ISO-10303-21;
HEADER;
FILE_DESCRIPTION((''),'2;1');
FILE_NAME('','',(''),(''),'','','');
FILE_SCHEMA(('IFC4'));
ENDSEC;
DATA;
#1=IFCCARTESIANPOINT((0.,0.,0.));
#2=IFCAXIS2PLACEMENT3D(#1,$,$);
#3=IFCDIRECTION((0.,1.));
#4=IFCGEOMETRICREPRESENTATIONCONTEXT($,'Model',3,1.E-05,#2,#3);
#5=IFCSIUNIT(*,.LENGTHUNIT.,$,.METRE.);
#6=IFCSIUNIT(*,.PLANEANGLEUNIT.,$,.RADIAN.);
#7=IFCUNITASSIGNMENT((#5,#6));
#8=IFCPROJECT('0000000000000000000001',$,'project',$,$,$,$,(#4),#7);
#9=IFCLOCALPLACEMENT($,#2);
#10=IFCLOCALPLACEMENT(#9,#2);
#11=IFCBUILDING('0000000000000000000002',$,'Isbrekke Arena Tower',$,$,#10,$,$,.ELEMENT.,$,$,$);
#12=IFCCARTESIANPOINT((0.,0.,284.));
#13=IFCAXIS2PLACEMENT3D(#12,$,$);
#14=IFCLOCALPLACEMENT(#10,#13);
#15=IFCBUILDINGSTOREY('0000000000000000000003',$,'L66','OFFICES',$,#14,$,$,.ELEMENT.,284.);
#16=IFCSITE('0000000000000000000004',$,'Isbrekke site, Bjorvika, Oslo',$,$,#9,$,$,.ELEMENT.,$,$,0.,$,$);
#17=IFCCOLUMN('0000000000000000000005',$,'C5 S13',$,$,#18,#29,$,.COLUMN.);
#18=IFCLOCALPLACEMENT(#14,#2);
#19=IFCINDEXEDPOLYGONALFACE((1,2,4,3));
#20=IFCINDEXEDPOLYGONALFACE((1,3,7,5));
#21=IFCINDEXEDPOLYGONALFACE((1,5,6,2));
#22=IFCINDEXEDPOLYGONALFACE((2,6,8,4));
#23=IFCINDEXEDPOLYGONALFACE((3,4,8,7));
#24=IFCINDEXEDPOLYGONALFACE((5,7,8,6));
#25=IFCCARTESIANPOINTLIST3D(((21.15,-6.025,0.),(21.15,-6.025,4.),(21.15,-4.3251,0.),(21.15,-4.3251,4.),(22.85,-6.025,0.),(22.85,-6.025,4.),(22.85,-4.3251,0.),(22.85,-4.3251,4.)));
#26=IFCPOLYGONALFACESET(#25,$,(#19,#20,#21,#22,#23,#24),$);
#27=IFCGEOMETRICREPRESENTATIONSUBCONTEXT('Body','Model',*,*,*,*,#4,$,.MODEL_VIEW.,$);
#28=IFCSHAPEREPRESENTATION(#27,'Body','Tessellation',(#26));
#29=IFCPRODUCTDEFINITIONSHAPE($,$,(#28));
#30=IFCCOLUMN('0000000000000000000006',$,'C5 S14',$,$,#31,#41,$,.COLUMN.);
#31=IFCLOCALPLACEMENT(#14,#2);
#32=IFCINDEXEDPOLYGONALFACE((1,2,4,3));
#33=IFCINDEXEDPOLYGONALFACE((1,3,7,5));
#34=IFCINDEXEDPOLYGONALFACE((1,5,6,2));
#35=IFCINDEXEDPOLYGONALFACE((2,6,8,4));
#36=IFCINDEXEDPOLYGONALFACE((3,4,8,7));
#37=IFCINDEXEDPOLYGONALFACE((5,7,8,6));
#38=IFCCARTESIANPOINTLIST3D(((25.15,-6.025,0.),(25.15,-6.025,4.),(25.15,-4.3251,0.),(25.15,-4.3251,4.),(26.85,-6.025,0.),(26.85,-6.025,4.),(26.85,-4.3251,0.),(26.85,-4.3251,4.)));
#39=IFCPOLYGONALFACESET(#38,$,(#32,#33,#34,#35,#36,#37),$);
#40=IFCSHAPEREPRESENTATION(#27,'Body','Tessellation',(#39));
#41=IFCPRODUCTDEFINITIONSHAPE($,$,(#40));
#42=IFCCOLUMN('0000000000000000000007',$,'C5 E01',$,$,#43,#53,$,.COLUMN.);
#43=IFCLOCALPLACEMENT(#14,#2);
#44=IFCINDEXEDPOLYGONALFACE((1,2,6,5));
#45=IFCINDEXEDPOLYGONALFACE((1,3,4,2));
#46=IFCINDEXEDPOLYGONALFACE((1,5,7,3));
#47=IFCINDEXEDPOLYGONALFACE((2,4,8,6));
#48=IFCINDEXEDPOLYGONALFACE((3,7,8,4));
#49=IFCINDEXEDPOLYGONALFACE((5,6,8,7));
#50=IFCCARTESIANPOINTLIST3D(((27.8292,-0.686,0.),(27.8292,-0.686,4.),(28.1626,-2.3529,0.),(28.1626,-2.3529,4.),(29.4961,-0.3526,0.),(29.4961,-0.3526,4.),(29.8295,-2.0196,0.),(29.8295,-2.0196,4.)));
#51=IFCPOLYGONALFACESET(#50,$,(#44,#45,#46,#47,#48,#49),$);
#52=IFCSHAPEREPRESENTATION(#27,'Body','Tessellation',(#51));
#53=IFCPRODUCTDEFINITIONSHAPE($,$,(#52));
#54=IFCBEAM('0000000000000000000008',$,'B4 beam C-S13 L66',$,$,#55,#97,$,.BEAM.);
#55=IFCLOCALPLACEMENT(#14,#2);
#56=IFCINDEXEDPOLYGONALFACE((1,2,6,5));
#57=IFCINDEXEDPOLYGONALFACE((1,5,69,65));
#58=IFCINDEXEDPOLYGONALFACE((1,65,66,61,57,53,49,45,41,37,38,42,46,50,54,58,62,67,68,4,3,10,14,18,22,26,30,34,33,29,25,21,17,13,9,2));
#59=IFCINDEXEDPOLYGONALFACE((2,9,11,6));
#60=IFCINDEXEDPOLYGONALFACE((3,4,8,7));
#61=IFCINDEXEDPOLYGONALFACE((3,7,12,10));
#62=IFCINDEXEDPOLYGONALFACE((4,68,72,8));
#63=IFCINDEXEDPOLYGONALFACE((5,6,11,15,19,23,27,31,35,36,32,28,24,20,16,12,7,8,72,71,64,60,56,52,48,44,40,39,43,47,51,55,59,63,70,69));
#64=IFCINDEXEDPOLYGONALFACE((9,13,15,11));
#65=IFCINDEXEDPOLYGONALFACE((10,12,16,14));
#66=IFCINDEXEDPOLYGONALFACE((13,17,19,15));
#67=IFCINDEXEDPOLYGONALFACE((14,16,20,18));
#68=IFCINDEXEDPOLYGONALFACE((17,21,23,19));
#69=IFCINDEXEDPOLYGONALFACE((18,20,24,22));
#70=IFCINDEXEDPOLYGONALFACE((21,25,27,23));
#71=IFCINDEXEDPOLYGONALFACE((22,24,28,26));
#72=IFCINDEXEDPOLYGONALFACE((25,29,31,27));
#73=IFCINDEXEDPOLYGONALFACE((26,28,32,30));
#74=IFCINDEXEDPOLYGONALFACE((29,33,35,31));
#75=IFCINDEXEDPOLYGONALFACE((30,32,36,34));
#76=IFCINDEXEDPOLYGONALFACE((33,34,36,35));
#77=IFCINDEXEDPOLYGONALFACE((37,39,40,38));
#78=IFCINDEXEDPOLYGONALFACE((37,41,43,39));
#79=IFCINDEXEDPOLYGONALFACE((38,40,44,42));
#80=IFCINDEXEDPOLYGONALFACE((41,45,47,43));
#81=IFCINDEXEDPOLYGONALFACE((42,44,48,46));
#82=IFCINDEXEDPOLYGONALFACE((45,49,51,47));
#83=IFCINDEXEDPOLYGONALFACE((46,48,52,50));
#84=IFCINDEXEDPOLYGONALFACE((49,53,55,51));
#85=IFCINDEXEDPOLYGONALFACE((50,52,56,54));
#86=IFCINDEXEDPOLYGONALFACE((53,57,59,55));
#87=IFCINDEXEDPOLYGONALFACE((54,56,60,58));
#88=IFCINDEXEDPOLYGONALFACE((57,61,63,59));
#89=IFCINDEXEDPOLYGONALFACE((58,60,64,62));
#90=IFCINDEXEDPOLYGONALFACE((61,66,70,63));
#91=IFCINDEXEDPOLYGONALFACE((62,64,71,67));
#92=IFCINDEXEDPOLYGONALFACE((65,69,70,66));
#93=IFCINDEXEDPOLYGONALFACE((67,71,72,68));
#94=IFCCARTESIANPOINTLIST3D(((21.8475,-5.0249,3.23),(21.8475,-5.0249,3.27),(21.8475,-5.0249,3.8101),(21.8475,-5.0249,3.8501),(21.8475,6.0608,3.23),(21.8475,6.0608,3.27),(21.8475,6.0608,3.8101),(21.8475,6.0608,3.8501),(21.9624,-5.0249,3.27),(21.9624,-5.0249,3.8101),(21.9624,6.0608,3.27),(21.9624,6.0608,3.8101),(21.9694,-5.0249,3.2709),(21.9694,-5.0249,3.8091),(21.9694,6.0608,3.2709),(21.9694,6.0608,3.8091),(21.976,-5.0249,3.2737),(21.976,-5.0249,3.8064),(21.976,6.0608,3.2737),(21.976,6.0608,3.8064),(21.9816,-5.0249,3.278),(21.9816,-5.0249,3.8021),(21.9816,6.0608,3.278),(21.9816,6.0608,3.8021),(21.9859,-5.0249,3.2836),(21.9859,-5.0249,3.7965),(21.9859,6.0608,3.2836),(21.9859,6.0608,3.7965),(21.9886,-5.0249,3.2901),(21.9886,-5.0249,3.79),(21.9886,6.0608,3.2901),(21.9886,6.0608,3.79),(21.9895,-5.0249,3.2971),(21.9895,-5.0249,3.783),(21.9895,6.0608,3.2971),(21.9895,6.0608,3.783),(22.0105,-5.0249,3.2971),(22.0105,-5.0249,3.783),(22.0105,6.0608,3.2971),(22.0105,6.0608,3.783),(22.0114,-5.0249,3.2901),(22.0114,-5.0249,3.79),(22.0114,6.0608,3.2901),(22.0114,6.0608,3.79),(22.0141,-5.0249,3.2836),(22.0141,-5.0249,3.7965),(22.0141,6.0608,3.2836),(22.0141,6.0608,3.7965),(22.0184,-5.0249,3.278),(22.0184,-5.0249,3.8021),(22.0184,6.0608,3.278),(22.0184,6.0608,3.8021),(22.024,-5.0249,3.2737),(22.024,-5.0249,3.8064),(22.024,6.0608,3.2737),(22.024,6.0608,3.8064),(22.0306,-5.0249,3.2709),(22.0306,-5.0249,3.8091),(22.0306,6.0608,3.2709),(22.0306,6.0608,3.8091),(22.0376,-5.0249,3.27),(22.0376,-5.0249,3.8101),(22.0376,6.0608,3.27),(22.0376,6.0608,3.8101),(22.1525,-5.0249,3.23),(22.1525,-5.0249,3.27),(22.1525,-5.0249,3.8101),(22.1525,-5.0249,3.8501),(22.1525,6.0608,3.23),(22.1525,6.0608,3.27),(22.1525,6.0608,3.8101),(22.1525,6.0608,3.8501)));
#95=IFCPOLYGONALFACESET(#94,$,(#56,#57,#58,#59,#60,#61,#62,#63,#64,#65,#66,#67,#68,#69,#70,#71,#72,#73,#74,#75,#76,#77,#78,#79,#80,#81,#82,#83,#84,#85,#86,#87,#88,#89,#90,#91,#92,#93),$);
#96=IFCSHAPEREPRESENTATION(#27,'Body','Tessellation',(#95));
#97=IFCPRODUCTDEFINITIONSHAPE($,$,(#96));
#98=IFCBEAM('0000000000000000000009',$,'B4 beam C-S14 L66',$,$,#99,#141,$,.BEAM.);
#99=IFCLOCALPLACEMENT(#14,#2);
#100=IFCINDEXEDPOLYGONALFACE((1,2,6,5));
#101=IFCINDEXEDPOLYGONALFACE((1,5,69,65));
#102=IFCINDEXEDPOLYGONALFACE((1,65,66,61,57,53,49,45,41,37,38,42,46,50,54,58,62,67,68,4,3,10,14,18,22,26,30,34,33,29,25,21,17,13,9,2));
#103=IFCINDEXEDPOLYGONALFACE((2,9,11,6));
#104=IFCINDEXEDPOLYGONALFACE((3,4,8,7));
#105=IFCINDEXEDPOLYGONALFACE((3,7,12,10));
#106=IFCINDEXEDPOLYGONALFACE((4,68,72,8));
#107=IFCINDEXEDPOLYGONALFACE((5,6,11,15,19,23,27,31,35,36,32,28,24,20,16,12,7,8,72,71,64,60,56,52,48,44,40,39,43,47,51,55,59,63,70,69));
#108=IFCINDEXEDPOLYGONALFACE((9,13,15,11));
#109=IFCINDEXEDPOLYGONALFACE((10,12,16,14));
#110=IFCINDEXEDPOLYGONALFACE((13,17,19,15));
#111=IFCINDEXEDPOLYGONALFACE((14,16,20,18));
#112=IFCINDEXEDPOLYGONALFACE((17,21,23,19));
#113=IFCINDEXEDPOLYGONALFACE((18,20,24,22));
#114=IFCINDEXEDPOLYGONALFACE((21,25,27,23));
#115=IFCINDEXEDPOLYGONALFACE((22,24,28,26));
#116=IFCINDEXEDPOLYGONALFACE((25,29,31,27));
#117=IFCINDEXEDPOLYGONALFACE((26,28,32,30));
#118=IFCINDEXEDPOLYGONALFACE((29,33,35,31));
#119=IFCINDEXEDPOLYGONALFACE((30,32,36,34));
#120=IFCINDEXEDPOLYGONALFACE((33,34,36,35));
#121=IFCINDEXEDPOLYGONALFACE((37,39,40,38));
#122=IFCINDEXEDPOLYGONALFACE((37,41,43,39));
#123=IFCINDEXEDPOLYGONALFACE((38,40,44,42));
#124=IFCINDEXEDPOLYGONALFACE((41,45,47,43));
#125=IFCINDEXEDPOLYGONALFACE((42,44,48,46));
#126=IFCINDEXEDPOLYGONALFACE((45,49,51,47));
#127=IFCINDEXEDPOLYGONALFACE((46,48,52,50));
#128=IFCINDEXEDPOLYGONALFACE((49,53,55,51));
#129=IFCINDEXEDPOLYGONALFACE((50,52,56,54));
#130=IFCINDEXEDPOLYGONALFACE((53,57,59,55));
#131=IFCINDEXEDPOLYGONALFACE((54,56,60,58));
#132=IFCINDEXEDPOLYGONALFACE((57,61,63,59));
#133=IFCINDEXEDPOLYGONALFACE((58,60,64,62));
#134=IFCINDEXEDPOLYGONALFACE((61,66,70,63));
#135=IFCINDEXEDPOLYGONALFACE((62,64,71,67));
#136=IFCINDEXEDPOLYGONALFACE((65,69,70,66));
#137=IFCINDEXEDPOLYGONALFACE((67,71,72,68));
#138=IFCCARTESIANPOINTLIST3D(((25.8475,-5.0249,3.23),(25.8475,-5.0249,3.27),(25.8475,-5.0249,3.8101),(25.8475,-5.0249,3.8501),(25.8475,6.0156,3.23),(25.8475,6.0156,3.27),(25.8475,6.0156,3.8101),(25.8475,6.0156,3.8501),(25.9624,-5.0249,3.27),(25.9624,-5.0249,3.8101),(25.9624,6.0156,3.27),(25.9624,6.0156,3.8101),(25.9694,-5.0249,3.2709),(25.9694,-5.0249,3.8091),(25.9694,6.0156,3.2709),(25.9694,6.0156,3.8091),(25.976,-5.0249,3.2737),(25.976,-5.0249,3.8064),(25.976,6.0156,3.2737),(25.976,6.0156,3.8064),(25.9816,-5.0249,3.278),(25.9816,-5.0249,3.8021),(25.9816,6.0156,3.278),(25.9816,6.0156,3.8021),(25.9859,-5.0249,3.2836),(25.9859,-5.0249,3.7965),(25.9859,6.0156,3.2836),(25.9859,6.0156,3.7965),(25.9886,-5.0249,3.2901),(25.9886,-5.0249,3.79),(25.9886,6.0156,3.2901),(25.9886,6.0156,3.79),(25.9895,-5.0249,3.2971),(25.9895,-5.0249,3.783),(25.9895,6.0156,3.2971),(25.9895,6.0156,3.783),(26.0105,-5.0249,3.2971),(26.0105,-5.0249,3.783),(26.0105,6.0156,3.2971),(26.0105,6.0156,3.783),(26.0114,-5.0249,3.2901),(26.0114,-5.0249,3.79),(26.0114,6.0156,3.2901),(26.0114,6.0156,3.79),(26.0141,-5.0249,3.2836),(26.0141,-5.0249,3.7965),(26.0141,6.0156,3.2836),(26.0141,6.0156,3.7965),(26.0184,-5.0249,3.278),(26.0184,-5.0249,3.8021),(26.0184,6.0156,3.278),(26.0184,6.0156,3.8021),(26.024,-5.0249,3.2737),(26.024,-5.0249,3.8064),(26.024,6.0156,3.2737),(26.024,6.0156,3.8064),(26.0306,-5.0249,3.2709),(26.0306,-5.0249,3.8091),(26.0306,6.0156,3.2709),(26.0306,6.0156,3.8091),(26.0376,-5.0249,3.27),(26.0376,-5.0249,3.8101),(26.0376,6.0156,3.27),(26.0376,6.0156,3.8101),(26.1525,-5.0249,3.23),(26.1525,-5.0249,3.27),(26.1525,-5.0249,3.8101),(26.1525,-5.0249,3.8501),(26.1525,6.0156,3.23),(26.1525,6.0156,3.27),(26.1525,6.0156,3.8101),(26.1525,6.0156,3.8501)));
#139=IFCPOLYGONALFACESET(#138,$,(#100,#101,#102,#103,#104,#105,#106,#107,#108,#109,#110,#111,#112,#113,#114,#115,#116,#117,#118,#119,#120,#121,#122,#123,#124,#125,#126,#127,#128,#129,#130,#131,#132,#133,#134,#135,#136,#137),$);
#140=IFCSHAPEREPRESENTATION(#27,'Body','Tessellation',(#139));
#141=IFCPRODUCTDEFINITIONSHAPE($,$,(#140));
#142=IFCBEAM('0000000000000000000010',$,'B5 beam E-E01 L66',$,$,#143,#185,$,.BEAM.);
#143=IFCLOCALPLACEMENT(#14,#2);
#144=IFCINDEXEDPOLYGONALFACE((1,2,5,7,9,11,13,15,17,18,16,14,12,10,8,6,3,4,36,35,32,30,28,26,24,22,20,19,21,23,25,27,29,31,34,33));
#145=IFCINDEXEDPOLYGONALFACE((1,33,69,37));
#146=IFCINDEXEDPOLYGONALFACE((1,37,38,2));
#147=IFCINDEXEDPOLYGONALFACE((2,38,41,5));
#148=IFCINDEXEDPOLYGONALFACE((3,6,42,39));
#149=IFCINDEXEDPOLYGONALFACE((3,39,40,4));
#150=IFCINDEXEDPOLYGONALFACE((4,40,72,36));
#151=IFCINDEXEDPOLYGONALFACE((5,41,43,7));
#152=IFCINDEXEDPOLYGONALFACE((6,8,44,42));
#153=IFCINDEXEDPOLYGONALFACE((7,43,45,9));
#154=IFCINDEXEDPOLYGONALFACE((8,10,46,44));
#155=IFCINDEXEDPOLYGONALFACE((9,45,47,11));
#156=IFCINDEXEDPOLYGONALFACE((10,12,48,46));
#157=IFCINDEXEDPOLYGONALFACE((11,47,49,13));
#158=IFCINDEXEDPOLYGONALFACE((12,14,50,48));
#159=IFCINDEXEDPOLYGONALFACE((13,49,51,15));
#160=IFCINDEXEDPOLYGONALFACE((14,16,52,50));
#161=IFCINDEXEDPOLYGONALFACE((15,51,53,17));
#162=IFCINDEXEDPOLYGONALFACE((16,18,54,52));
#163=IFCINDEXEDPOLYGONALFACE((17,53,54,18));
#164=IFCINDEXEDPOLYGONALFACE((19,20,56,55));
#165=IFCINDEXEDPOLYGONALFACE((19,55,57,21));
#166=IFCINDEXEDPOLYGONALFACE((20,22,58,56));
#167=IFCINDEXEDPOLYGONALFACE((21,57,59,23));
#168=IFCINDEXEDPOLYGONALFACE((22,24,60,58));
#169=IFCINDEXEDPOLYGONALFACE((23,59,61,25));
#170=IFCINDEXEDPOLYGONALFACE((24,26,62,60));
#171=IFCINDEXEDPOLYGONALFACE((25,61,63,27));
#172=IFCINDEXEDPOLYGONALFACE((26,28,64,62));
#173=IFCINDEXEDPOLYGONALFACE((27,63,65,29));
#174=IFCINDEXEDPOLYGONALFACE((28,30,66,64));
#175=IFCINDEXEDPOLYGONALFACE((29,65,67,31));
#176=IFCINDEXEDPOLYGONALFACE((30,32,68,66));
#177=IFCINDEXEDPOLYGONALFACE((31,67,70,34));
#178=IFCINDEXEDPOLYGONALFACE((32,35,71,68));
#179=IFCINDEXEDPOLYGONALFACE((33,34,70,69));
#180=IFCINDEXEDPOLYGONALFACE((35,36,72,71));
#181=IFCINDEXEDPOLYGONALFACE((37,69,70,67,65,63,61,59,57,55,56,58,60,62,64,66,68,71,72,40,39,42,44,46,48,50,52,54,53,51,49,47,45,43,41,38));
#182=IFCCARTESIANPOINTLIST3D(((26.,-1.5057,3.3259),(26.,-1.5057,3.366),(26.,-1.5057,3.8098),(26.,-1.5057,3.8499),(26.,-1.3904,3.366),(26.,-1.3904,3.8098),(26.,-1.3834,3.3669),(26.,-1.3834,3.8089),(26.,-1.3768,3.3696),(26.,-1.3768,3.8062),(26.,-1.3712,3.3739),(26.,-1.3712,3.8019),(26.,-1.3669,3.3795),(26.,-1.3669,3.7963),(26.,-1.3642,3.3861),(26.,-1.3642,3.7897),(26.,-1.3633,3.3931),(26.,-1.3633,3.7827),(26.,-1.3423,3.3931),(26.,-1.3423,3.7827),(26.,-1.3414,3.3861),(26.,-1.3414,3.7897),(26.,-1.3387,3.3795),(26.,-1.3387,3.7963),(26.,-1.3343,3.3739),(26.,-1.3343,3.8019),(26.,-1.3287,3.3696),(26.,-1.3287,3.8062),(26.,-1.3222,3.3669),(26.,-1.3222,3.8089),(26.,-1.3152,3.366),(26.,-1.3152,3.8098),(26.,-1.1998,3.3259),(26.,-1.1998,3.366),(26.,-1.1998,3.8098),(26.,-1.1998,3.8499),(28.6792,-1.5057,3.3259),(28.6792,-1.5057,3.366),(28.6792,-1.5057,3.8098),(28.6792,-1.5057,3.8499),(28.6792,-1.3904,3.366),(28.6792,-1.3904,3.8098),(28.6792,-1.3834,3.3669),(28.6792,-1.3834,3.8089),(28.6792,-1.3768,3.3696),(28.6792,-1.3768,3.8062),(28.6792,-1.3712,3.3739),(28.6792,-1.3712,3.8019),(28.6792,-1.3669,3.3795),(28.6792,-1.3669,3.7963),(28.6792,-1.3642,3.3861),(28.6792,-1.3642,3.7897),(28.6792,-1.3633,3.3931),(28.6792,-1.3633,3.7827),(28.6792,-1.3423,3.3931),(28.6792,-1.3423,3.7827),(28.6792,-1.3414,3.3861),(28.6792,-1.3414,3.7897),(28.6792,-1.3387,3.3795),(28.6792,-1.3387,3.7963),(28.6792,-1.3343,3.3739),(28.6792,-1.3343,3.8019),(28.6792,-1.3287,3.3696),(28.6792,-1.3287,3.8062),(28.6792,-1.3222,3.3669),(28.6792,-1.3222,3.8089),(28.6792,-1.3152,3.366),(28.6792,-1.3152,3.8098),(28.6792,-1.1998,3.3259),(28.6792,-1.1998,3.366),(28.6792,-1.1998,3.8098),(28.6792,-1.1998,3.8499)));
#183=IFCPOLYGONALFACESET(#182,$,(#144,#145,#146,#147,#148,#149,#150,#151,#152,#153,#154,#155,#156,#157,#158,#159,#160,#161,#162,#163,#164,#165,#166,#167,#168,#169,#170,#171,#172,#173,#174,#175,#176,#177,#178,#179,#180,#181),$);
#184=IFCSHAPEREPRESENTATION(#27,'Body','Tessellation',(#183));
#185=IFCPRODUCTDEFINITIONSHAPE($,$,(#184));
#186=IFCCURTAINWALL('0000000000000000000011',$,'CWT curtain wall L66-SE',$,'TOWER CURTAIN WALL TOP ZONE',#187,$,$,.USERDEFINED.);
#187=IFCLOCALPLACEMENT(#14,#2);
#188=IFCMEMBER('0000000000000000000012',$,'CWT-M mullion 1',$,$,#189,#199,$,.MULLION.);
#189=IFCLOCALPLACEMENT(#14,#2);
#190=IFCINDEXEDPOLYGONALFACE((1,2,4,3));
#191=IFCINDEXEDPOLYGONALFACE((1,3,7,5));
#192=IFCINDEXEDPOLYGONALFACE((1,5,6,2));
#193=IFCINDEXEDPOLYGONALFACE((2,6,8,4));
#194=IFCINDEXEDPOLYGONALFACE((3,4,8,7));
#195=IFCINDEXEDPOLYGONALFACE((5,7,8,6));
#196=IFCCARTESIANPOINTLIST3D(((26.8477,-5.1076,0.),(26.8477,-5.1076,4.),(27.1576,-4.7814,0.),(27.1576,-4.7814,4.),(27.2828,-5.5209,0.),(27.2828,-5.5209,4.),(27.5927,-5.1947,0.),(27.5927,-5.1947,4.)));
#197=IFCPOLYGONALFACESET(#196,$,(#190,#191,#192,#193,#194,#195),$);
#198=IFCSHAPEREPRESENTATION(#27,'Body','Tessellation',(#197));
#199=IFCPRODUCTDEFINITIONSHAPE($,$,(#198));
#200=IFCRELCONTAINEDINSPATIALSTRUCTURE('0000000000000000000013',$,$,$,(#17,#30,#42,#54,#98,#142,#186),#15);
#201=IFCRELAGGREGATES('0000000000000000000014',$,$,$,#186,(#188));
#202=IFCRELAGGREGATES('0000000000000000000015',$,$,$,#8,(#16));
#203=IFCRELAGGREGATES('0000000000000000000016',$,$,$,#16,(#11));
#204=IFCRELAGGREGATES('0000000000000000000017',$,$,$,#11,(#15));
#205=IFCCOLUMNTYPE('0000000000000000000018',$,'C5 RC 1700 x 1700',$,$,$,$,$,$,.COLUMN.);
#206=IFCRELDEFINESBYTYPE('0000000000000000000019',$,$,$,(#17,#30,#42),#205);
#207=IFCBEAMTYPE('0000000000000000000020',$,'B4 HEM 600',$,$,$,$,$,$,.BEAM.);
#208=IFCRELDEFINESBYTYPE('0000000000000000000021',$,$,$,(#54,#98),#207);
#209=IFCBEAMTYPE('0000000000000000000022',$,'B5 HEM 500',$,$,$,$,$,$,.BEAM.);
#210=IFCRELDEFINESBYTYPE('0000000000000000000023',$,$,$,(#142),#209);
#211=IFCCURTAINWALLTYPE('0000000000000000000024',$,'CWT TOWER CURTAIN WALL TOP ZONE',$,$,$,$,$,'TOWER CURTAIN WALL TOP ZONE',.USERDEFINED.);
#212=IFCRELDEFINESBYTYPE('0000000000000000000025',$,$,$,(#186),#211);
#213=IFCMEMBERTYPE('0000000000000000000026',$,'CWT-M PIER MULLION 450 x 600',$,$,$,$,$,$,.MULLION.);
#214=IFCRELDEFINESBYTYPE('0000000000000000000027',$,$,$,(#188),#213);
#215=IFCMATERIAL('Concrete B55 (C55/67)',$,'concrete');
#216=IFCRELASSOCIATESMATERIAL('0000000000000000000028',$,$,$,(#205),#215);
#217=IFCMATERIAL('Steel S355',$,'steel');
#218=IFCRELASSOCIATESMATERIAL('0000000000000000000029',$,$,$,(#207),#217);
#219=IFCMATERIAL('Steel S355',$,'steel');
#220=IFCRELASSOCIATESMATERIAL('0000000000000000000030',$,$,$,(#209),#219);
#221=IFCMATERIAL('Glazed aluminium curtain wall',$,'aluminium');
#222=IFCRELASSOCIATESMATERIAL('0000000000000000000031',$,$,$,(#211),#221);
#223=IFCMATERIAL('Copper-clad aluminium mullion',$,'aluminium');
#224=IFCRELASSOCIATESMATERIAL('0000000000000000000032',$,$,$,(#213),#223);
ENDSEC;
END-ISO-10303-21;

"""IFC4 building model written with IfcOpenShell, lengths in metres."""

from ifc_helpers import new_model, si_unit, direction, frame, origin, origin_2d, place, context, subcontext, project, spatial, rectangle, i_section, extrude, material, material_profile, profile_set, type_object, element, aggregate, save


model = new_model("IFC4")

# Units and contexts
model_context = context("Model", 3, precision=1e-05, world=origin(), true_north=direction((0.0, 1.0)))
body_context = subcontext(model_context, "Body", "Model", "MODEL_VIEW")
ifc_project = project(units=[si_unit("LENGTHUNIT", "METRE"), si_unit("PLANEANGLEUNIT", "RADIAN")], contexts=[model_context])

# Site, building, storey
site_placement = place(None, origin())
site = spatial("IfcSite", under=ifc_project, at=site_placement, Name="Isbrekke site, Bjorvika, Oslo", CompositionType="ELEMENT", RefElevation=0.0)
building_placement = place(site_placement, origin())
building = spatial("IfcBuilding", under=site, at=building_placement, Name="Isbrekke Arena Tower", CompositionType="ELEMENT")
storey_placement = place(building_placement, frame((0.0, 0.0, 284.0)))
storey = spatial("IfcBuildingStorey", under=building, at=storey_placement, Name="L66", Description="OFFICES", CompositionType="ELEMENT", Elevation=284.0)

# Columns
ifc_material_1 = material(Name="Concrete B55 (C55/67)", Category="concrete")
ifc_material_profile_1 = material_profile(ifc_material_1, rectangle(XDim=1.7, YDim=1.7, at=origin_2d()), Name="RC 1700x1700")
ifc_profile_set_1 = profile_set([ifc_material_profile_1], Name="Concrete B55 (C55/67)")
column_type = type_object("IfcColumnType", Name="C5 RC 1700 x 1700", PredefinedType="COLUMN", material=ifc_profile_set_1)
for number, where, z_axis, x_axis, name in (
    (1, (22.0, -5.175, 0.0), (0.0, 0.0, 1.0), (1.0, 0.0, 0.0), "C5 S13"),
    (2, (26.0, -5.175, 0.0), (0.0, 0.0, 1.0), (1.0, 0.0, 0.0), "C5 S14"),
    (3, (28.8293, -1.3528, 0.0), (0.0, 0.0, 1.0), (-0.196116, 0.980581, 0.0), "C5 E01"),
):
    element("IfcColumn", number, at=place(storey_placement, frame(where, z_axis=z_axis, x_axis=x_axis)), inside=storey, type_object=column_type, Name=name, PredefinedType="COLUMN", context=body_context, shape_type="SweptSolid", body=[
        extrude(rectangle(XDim=1.7, YDim=1.7, at=origin_2d()), origin(), (0.0, 0.0, 1.0), 4.0),
    ])

# Beams
ifc_material_2 = material(Name="Steel S355", Category="steel")
ifc_material_profile_2 = material_profile(ifc_material_2, i_section(OverallWidth=0.3049, OverallDepth=0.6201, WebThickness=0.021, FlangeThickness=0.04, FilletRadius=0.0271, at=origin_2d()), Name="HEM 600")
ifc_profile_set_2 = profile_set([ifc_material_profile_2], Name="Steel S355")
beam_type_1 = type_object("IfcBeamType", Name="B4 HEM 600", PredefinedType="BEAM", material=ifc_profile_set_2)
beam_1_placement = place(storey_placement, frame((22.0, -5.0249, 3.54), z_axis=(0.0, 1.0, 0.0), x_axis=(-1.0, 0.0, 0.0)))
element("IfcBeam", 4, at=beam_1_placement, inside=storey, type_object=beam_type_1, Name="B4 beam C-S13 L66", PredefinedType="BEAM", context=body_context, shape_type="SweptSolid", body=[
    extrude(i_section(OverallWidth=0.3049, OverallDepth=0.6201, WebThickness=0.021, FlangeThickness=0.04, FilletRadius=0.0271, at=origin_2d()), origin(), (0.0, 0.0, 1.0), 11.0857),
])
beam_2_placement = place(storey_placement, frame((26.0, -5.0249, 3.54), z_axis=(0.0, 1.0, 0.0), x_axis=(-1.0, 0.0, 0.0)))
element("IfcBeam", 5, at=beam_2_placement, inside=storey, type_object=beam_type_1, Name="B4 beam C-S14 L66", PredefinedType="BEAM", context=body_context, shape_type="SweptSolid", body=[
    extrude(i_section(OverallWidth=0.3049, OverallDepth=0.6201, WebThickness=0.021, FlangeThickness=0.04, FilletRadius=0.0271, at=origin_2d()), origin(), (0.0, 0.0, 1.0), 11.0405),
])
ifc_material_3 = material(Name="Steel S355", Category="steel")
ifc_material_profile_3 = material_profile(ifc_material_3, i_section(OverallWidth=0.3059, OverallDepth=0.5239, WebThickness=0.021, FlangeThickness=0.04, FilletRadius=0.0271, at=origin_2d()), Name="HEM 500")
ifc_profile_set_3 = profile_set([ifc_material_profile_3], Name="Steel S355")
beam_type_2 = type_object("IfcBeamType", Name="B5 HEM 500", PredefinedType="BEAM", material=ifc_profile_set_3)
beam_3_placement = place(storey_placement, frame((28.6792, -1.3528, 3.5879), z_axis=(-1.0, 0.0, 0.0), x_axis=(0.0, -1.0, 0.0)))
element("IfcBeam", 6, at=beam_3_placement, inside=storey, type_object=beam_type_2, Name="B5 beam E-E01 L66", PredefinedType="BEAM", context=body_context, shape_type="SweptSolid", body=[
    extrude(i_section(OverallWidth=0.3059, OverallDepth=0.5239, WebThickness=0.021, FlangeThickness=0.04, FilletRadius=0.0271, at=origin_2d()), origin(), (0.0, 0.0, 1.0), 2.6792),
])

# Curtain wall, member
ifc_material_4 = material(Name="Glazed aluminium curtain wall", Category="aluminium")
curtain_wall_type = type_object("IfcCurtainWallType", Name="CWT TOWER CURTAIN WALL TOP ZONE", ElementType="TOWER CURTAIN WALL TOP ZONE", PredefinedType="USERDEFINED", material=ifc_material_4)
curtain_wall_1_placement = place(storey_placement, origin())
curtain_wall_1 = element("IfcCurtainWall", 7, at=curtain_wall_1_placement, inside=storey, type_object=curtain_wall_type, Name="CWT curtain wall L66-SE", ObjectType="TOWER CURTAIN WALL TOP ZONE", PredefinedType="USERDEFINED")
ifc_material_5 = material(Name="Copper-clad aluminium mullion", Category="aluminium")
ifc_material_profile_4 = material_profile(ifc_material_5, rectangle(XDim=0.45, YDim=0.6001, at=origin_2d()), Name="PIER 450X600")
ifc_profile_set_4 = profile_set([ifc_material_profile_4], Name="Copper-clad aluminium mullion")
member_type_1 = type_object("IfcMemberType", Name="CWT-M PIER MULLION 450 x 600", PredefinedType="MULLION", material=ifc_profile_set_4)
member_1_placement = place(storey_placement, frame((27.2202, -5.1511, 0.0), z_axis=(0.0, 0.0, 1.0), x_axis=(0.688749, 0.724999, 0.0)))
member_1 = element("IfcMember", 8, at=member_1_placement, type_object=member_type_1, Name="CWT-M mullion 1", PredefinedType="MULLION", context=body_context, shape_type="SweptSolid", body=[
    extrude(rectangle(XDim=0.45, YDim=0.6001, at=origin_2d()), origin(), (0.0, 0.0, 1.0), 4.0),
])

aggregate(curtain_wall_1, [member_1])

save(model, "model.ifc")
